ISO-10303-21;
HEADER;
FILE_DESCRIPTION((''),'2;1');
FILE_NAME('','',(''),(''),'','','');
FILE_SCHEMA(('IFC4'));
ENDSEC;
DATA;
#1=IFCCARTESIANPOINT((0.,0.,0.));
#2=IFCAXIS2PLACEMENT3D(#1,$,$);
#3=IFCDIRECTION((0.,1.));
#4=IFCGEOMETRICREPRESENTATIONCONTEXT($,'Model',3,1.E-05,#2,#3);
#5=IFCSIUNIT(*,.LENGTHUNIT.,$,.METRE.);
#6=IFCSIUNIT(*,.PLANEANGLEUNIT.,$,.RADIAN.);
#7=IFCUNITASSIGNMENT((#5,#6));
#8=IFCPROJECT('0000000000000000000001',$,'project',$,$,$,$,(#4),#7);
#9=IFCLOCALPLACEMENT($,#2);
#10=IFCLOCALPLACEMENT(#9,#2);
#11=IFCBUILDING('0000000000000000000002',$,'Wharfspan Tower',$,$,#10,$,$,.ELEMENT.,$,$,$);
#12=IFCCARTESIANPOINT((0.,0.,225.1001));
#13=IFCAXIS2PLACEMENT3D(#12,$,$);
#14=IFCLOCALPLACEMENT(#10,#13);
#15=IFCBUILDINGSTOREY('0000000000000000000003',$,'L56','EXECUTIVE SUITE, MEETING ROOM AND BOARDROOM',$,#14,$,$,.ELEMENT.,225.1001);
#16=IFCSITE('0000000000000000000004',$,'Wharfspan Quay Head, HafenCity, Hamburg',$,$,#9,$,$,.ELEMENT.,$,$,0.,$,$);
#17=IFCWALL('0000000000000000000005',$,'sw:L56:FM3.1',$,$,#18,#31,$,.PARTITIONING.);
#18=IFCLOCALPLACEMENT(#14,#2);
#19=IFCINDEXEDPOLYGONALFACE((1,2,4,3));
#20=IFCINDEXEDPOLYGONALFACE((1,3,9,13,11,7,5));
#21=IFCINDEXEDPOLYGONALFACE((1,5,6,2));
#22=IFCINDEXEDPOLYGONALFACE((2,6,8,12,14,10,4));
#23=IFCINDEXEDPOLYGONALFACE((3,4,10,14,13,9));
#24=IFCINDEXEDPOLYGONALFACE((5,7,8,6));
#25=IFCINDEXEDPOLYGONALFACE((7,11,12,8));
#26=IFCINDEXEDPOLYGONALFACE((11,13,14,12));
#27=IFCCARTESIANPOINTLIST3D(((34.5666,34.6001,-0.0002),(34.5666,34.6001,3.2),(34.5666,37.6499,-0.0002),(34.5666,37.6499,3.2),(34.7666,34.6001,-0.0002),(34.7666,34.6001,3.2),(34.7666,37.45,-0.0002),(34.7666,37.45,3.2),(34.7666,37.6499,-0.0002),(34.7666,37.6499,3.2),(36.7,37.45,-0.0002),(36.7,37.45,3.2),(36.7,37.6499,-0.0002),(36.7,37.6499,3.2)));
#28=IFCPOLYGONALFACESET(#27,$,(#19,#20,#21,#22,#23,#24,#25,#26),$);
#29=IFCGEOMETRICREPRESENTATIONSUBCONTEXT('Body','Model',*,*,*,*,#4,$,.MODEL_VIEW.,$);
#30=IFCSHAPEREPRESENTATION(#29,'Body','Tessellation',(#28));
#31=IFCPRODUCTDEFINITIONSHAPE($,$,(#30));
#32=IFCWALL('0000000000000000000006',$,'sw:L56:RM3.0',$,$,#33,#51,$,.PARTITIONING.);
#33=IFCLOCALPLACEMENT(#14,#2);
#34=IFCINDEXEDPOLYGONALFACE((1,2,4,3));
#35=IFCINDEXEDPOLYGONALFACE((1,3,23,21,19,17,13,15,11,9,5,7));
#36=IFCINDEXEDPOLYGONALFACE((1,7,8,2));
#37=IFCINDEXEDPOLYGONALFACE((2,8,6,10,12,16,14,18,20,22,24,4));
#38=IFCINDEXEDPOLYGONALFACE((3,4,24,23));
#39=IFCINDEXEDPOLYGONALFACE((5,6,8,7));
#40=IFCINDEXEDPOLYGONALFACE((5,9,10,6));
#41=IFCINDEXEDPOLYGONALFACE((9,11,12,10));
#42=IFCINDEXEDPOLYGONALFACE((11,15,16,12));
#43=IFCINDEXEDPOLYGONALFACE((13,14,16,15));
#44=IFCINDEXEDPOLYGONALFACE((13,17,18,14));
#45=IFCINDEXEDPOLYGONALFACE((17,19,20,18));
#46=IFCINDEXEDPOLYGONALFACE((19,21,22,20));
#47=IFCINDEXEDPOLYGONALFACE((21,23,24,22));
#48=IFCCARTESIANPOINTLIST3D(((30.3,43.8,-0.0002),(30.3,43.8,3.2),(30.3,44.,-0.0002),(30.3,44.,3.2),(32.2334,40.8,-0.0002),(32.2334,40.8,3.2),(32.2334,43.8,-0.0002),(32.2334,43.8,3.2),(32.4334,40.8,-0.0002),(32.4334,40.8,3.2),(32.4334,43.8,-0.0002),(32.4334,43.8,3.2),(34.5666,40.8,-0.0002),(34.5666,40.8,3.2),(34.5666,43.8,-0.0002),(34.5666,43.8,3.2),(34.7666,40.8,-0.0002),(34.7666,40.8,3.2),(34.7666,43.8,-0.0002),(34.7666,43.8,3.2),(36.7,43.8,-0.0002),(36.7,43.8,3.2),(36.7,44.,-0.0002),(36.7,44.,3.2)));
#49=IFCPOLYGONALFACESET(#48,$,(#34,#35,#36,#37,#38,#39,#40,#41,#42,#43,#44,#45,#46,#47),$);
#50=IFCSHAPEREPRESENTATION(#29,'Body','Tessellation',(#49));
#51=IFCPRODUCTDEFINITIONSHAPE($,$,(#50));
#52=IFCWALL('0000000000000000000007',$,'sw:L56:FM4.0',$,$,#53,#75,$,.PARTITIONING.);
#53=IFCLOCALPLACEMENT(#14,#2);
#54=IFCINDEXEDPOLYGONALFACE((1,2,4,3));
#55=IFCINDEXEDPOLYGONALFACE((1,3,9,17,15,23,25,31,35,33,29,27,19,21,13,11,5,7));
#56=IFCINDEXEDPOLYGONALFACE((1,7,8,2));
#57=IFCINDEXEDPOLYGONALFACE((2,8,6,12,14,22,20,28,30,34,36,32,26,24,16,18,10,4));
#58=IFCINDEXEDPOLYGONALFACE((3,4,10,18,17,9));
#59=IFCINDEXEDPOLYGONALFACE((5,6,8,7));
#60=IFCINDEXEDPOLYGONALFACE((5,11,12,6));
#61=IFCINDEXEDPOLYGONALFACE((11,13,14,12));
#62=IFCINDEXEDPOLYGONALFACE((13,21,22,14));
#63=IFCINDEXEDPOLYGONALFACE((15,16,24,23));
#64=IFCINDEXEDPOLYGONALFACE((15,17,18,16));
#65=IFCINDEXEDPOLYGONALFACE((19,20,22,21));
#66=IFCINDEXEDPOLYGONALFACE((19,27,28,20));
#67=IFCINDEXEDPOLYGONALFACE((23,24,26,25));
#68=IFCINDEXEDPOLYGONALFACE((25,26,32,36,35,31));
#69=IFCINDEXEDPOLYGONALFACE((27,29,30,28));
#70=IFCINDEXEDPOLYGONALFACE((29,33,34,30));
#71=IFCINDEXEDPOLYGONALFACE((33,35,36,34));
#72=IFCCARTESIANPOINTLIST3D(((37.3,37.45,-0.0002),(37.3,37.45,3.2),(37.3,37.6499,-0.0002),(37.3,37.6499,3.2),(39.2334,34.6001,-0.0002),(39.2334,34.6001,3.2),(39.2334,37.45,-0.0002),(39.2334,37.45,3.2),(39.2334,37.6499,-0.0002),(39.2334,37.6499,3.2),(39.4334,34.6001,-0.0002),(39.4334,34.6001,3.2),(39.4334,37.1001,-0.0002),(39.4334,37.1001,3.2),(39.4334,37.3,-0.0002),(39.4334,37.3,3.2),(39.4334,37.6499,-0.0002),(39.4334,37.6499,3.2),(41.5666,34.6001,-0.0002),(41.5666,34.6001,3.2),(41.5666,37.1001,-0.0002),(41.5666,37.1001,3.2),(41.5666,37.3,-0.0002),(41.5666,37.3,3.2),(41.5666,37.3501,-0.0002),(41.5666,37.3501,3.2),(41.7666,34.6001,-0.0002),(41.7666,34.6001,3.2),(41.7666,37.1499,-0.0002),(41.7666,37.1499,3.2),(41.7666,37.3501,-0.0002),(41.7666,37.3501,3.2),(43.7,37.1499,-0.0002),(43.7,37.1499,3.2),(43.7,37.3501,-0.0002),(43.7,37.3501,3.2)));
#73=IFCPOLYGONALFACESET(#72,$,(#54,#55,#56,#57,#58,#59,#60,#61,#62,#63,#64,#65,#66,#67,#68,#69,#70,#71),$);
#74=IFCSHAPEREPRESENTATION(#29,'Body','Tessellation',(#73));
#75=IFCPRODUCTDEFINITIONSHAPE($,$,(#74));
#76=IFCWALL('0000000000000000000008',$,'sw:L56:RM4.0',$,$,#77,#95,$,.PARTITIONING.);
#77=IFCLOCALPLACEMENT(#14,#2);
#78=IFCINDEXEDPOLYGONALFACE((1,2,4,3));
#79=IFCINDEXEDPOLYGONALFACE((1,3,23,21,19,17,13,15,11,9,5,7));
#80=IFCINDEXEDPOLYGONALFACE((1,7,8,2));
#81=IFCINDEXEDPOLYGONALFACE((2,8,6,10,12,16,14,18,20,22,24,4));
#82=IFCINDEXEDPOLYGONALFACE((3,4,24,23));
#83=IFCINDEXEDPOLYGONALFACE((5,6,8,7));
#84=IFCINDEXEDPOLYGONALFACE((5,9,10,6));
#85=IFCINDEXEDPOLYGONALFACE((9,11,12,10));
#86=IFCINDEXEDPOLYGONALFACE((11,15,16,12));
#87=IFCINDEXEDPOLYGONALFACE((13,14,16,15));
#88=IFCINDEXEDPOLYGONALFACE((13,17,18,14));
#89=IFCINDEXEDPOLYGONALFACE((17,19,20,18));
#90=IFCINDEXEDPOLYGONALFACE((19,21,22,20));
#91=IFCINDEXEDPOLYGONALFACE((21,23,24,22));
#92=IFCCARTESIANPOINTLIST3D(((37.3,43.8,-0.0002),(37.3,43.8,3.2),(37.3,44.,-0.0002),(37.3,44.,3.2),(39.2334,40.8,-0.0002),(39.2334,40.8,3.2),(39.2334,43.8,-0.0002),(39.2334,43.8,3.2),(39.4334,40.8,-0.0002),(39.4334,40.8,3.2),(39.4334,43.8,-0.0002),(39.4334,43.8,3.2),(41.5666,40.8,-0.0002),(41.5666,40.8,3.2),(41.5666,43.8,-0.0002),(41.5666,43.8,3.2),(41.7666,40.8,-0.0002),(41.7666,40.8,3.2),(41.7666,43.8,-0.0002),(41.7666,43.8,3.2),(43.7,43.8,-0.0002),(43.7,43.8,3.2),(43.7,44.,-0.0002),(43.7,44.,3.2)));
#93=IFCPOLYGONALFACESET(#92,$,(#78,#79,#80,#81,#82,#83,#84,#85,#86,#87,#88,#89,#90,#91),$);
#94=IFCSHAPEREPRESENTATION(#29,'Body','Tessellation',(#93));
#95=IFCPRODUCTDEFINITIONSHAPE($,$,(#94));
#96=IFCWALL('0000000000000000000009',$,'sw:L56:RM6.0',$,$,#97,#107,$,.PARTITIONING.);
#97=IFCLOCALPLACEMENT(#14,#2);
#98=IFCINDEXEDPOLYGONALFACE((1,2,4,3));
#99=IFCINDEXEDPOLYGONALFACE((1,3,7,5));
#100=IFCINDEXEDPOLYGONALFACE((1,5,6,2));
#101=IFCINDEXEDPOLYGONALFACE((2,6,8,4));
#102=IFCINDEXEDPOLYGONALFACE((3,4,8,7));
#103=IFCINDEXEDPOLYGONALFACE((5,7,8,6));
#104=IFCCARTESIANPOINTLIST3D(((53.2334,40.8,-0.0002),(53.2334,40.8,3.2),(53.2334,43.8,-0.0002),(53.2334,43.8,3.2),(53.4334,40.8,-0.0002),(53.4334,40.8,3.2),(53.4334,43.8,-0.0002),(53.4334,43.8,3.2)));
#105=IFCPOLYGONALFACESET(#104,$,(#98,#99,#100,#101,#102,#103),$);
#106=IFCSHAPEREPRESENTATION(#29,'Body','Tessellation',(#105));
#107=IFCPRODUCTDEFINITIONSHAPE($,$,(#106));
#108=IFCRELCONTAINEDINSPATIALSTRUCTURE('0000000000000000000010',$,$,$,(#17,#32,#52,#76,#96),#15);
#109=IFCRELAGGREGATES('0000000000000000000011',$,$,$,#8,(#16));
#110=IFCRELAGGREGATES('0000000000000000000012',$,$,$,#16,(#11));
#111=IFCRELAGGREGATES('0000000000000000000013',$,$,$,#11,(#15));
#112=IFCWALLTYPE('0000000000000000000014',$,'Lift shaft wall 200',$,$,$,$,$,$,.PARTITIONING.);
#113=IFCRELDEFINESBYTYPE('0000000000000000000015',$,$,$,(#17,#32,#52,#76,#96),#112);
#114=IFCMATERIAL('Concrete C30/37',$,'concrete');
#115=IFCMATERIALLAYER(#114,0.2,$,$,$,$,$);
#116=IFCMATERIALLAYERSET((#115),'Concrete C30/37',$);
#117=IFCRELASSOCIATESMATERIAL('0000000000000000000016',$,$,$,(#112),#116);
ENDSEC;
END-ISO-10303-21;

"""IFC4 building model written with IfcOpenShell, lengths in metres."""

from ifc_helpers import new_model, si_unit, direction, frame, origin, place, context, subcontext, project, spatial, polyline, outline, extrude, material, layer, layer_set, type_object, element, save


model = new_model("IFC4")

# Units and contexts
model_context = context("Model", 3, precision=1e-05, world=origin(), true_north=direction((0.0, 1.0)))
body_context = subcontext(model_context, "Body", "Model", "MODEL_VIEW")
ifc_project = project(units=[si_unit("LENGTHUNIT", "METRE"), si_unit("PLANEANGLEUNIT", "RADIAN")], contexts=[model_context])

# Site, building, storey
site_placement = place(None, origin())
site = spatial("IfcSite", under=ifc_project, at=site_placement, Name="Wharfspan Quay Head, HafenCity, Hamburg", CompositionType="ELEMENT", RefElevation=0.0)
building_placement = place(site_placement, origin())
building = spatial("IfcBuilding", under=site, at=building_placement, Name="Wharfspan Tower", CompositionType="ELEMENT")
storey_placement = place(building_placement, frame((0.0, 0.0, 225.1001)))
storey = spatial("IfcBuildingStorey", under=building, at=storey_placement, Name="L56", Description="EXECUTIVE SUITE, MEETING ROOM AND BOARDROOM", CompositionType="ELEMENT", Elevation=225.1001)

# Walls
ifc_material_1 = material(Name="Concrete C30/37", Category="concrete")
ifc_layer_1 = layer(ifc_material_1, 0.2)
ifc_layer_set_1 = layer_set([ifc_layer_1], Name="Concrete C30/37")
wall_type_1 = type_object("IfcWallType", Name="Lift shaft wall 200", PredefinedType="PARTITIONING", material=ifc_layer_set_1)
wall_1_placement = place(storey_placement, frame((0.0, 0.0, -0.0002)))
element("IfcWall", 1, at=wall_1_placement, inside=storey, type_object=wall_type_1, Name="sw:L56:FM3.1", PredefinedType="PARTITIONING", context=body_context, shape_type="SweptSolid", body=[
    extrude(outline(polyline([(34.5667, 37.6499), (34.7666, 37.6499), (36.7, 37.6499), (36.7, 37.45), (34.7666, 37.45), (34.7666, 34.6001), (34.5667, 34.6001), (34.5667, 37.6499)])), origin(), (0.0, 0.0, 1.0), 3.2002),
])
wall_2_placement = place(storey_placement, frame((0.0, 0.0, -0.0002)))
element("IfcWall", 2, at=wall_2_placement, inside=storey, type_object=wall_type_1, Name="sw:L56:RM3.0", PredefinedType="PARTITIONING", context=body_context, shape_type="SweptSolid", body=[
    extrude(outline(polyline([(32.4333, 40.8), (32.2334, 40.8), (32.2334, 43.8), (30.3, 43.8), (30.3, 44.0), (36.7, 44.0), (36.7, 43.8), (34.7666, 43.8), (34.7666, 40.8), (34.5667, 40.8), (34.5667, 43.8), (32.4333, 43.8), (32.4333, 40.8)])), origin(), (0.0, 0.0, 1.0), 3.2002),
])
wall_3_placement = place(storey_placement, frame((0.0, 0.0, -0.0002)))
element("IfcWall", 3, at=wall_3_placement, inside=storey, type_object=wall_type_1, Name="sw:L56:FM4.0", PredefinedType="PARTITIONING", context=body_context, shape_type="SweptSolid", body=[
    extrude(outline(polyline([(41.5667, 37.1001), (39.4333, 37.1001), (39.4333, 34.6001), (39.2334, 34.6001), (39.2334, 37.45), (37.3, 37.45), (37.3, 37.6499), (39.2334, 37.6499), (39.4333, 37.6499), (39.4333, 37.3), (41.5667, 37.3), (41.5667, 37.3501), (41.7666, 37.3501), (43.7, 37.3501), (43.7, 37.1499), (41.7666, 37.1499), (41.7666, 34.6001), (41.5667, 34.6001), (41.5667, 37.1001)])), origin(), (0.0, 0.0, 1.0), 3.2002),
])
wall_4_placement = place(storey_placement, frame((0.0, 0.0, -0.0002)))
element("IfcWall", 4, at=wall_4_placement, inside=storey, type_object=wall_type_1, Name="sw:L56:RM4.0", PredefinedType="PARTITIONING", context=body_context, shape_type="SweptSolid", body=[
    extrude(outline(polyline([(39.4333, 40.8), (39.2334, 40.8), (39.2334, 43.8), (37.3, 43.8), (37.3, 44.0), (43.7, 44.0), (43.7, 43.8), (41.7666, 43.8), (41.7666, 40.8), (41.5667, 40.8), (41.5667, 43.8), (39.4333, 43.8), (39.4333, 40.8)])), origin(), (0.0, 0.0, 1.0), 3.2002),
])
wall_5_placement = place(storey_placement, frame((0.0, 0.0, -0.0002)))
element("IfcWall", 5, at=wall_5_placement, inside=storey, type_object=wall_type_1, Name="sw:L56:RM6.0", PredefinedType="PARTITIONING", context=body_context, shape_type="SweptSolid", body=[
    extrude(outline(polyline([(53.4333, 40.8), (53.4333, 43.8), (53.2334, 43.8), (53.2334, 40.8), (53.4333, 40.8)])), origin(), (0.0, 0.0, 1.0), 3.2002),
])

save(model, "model.ifc")
